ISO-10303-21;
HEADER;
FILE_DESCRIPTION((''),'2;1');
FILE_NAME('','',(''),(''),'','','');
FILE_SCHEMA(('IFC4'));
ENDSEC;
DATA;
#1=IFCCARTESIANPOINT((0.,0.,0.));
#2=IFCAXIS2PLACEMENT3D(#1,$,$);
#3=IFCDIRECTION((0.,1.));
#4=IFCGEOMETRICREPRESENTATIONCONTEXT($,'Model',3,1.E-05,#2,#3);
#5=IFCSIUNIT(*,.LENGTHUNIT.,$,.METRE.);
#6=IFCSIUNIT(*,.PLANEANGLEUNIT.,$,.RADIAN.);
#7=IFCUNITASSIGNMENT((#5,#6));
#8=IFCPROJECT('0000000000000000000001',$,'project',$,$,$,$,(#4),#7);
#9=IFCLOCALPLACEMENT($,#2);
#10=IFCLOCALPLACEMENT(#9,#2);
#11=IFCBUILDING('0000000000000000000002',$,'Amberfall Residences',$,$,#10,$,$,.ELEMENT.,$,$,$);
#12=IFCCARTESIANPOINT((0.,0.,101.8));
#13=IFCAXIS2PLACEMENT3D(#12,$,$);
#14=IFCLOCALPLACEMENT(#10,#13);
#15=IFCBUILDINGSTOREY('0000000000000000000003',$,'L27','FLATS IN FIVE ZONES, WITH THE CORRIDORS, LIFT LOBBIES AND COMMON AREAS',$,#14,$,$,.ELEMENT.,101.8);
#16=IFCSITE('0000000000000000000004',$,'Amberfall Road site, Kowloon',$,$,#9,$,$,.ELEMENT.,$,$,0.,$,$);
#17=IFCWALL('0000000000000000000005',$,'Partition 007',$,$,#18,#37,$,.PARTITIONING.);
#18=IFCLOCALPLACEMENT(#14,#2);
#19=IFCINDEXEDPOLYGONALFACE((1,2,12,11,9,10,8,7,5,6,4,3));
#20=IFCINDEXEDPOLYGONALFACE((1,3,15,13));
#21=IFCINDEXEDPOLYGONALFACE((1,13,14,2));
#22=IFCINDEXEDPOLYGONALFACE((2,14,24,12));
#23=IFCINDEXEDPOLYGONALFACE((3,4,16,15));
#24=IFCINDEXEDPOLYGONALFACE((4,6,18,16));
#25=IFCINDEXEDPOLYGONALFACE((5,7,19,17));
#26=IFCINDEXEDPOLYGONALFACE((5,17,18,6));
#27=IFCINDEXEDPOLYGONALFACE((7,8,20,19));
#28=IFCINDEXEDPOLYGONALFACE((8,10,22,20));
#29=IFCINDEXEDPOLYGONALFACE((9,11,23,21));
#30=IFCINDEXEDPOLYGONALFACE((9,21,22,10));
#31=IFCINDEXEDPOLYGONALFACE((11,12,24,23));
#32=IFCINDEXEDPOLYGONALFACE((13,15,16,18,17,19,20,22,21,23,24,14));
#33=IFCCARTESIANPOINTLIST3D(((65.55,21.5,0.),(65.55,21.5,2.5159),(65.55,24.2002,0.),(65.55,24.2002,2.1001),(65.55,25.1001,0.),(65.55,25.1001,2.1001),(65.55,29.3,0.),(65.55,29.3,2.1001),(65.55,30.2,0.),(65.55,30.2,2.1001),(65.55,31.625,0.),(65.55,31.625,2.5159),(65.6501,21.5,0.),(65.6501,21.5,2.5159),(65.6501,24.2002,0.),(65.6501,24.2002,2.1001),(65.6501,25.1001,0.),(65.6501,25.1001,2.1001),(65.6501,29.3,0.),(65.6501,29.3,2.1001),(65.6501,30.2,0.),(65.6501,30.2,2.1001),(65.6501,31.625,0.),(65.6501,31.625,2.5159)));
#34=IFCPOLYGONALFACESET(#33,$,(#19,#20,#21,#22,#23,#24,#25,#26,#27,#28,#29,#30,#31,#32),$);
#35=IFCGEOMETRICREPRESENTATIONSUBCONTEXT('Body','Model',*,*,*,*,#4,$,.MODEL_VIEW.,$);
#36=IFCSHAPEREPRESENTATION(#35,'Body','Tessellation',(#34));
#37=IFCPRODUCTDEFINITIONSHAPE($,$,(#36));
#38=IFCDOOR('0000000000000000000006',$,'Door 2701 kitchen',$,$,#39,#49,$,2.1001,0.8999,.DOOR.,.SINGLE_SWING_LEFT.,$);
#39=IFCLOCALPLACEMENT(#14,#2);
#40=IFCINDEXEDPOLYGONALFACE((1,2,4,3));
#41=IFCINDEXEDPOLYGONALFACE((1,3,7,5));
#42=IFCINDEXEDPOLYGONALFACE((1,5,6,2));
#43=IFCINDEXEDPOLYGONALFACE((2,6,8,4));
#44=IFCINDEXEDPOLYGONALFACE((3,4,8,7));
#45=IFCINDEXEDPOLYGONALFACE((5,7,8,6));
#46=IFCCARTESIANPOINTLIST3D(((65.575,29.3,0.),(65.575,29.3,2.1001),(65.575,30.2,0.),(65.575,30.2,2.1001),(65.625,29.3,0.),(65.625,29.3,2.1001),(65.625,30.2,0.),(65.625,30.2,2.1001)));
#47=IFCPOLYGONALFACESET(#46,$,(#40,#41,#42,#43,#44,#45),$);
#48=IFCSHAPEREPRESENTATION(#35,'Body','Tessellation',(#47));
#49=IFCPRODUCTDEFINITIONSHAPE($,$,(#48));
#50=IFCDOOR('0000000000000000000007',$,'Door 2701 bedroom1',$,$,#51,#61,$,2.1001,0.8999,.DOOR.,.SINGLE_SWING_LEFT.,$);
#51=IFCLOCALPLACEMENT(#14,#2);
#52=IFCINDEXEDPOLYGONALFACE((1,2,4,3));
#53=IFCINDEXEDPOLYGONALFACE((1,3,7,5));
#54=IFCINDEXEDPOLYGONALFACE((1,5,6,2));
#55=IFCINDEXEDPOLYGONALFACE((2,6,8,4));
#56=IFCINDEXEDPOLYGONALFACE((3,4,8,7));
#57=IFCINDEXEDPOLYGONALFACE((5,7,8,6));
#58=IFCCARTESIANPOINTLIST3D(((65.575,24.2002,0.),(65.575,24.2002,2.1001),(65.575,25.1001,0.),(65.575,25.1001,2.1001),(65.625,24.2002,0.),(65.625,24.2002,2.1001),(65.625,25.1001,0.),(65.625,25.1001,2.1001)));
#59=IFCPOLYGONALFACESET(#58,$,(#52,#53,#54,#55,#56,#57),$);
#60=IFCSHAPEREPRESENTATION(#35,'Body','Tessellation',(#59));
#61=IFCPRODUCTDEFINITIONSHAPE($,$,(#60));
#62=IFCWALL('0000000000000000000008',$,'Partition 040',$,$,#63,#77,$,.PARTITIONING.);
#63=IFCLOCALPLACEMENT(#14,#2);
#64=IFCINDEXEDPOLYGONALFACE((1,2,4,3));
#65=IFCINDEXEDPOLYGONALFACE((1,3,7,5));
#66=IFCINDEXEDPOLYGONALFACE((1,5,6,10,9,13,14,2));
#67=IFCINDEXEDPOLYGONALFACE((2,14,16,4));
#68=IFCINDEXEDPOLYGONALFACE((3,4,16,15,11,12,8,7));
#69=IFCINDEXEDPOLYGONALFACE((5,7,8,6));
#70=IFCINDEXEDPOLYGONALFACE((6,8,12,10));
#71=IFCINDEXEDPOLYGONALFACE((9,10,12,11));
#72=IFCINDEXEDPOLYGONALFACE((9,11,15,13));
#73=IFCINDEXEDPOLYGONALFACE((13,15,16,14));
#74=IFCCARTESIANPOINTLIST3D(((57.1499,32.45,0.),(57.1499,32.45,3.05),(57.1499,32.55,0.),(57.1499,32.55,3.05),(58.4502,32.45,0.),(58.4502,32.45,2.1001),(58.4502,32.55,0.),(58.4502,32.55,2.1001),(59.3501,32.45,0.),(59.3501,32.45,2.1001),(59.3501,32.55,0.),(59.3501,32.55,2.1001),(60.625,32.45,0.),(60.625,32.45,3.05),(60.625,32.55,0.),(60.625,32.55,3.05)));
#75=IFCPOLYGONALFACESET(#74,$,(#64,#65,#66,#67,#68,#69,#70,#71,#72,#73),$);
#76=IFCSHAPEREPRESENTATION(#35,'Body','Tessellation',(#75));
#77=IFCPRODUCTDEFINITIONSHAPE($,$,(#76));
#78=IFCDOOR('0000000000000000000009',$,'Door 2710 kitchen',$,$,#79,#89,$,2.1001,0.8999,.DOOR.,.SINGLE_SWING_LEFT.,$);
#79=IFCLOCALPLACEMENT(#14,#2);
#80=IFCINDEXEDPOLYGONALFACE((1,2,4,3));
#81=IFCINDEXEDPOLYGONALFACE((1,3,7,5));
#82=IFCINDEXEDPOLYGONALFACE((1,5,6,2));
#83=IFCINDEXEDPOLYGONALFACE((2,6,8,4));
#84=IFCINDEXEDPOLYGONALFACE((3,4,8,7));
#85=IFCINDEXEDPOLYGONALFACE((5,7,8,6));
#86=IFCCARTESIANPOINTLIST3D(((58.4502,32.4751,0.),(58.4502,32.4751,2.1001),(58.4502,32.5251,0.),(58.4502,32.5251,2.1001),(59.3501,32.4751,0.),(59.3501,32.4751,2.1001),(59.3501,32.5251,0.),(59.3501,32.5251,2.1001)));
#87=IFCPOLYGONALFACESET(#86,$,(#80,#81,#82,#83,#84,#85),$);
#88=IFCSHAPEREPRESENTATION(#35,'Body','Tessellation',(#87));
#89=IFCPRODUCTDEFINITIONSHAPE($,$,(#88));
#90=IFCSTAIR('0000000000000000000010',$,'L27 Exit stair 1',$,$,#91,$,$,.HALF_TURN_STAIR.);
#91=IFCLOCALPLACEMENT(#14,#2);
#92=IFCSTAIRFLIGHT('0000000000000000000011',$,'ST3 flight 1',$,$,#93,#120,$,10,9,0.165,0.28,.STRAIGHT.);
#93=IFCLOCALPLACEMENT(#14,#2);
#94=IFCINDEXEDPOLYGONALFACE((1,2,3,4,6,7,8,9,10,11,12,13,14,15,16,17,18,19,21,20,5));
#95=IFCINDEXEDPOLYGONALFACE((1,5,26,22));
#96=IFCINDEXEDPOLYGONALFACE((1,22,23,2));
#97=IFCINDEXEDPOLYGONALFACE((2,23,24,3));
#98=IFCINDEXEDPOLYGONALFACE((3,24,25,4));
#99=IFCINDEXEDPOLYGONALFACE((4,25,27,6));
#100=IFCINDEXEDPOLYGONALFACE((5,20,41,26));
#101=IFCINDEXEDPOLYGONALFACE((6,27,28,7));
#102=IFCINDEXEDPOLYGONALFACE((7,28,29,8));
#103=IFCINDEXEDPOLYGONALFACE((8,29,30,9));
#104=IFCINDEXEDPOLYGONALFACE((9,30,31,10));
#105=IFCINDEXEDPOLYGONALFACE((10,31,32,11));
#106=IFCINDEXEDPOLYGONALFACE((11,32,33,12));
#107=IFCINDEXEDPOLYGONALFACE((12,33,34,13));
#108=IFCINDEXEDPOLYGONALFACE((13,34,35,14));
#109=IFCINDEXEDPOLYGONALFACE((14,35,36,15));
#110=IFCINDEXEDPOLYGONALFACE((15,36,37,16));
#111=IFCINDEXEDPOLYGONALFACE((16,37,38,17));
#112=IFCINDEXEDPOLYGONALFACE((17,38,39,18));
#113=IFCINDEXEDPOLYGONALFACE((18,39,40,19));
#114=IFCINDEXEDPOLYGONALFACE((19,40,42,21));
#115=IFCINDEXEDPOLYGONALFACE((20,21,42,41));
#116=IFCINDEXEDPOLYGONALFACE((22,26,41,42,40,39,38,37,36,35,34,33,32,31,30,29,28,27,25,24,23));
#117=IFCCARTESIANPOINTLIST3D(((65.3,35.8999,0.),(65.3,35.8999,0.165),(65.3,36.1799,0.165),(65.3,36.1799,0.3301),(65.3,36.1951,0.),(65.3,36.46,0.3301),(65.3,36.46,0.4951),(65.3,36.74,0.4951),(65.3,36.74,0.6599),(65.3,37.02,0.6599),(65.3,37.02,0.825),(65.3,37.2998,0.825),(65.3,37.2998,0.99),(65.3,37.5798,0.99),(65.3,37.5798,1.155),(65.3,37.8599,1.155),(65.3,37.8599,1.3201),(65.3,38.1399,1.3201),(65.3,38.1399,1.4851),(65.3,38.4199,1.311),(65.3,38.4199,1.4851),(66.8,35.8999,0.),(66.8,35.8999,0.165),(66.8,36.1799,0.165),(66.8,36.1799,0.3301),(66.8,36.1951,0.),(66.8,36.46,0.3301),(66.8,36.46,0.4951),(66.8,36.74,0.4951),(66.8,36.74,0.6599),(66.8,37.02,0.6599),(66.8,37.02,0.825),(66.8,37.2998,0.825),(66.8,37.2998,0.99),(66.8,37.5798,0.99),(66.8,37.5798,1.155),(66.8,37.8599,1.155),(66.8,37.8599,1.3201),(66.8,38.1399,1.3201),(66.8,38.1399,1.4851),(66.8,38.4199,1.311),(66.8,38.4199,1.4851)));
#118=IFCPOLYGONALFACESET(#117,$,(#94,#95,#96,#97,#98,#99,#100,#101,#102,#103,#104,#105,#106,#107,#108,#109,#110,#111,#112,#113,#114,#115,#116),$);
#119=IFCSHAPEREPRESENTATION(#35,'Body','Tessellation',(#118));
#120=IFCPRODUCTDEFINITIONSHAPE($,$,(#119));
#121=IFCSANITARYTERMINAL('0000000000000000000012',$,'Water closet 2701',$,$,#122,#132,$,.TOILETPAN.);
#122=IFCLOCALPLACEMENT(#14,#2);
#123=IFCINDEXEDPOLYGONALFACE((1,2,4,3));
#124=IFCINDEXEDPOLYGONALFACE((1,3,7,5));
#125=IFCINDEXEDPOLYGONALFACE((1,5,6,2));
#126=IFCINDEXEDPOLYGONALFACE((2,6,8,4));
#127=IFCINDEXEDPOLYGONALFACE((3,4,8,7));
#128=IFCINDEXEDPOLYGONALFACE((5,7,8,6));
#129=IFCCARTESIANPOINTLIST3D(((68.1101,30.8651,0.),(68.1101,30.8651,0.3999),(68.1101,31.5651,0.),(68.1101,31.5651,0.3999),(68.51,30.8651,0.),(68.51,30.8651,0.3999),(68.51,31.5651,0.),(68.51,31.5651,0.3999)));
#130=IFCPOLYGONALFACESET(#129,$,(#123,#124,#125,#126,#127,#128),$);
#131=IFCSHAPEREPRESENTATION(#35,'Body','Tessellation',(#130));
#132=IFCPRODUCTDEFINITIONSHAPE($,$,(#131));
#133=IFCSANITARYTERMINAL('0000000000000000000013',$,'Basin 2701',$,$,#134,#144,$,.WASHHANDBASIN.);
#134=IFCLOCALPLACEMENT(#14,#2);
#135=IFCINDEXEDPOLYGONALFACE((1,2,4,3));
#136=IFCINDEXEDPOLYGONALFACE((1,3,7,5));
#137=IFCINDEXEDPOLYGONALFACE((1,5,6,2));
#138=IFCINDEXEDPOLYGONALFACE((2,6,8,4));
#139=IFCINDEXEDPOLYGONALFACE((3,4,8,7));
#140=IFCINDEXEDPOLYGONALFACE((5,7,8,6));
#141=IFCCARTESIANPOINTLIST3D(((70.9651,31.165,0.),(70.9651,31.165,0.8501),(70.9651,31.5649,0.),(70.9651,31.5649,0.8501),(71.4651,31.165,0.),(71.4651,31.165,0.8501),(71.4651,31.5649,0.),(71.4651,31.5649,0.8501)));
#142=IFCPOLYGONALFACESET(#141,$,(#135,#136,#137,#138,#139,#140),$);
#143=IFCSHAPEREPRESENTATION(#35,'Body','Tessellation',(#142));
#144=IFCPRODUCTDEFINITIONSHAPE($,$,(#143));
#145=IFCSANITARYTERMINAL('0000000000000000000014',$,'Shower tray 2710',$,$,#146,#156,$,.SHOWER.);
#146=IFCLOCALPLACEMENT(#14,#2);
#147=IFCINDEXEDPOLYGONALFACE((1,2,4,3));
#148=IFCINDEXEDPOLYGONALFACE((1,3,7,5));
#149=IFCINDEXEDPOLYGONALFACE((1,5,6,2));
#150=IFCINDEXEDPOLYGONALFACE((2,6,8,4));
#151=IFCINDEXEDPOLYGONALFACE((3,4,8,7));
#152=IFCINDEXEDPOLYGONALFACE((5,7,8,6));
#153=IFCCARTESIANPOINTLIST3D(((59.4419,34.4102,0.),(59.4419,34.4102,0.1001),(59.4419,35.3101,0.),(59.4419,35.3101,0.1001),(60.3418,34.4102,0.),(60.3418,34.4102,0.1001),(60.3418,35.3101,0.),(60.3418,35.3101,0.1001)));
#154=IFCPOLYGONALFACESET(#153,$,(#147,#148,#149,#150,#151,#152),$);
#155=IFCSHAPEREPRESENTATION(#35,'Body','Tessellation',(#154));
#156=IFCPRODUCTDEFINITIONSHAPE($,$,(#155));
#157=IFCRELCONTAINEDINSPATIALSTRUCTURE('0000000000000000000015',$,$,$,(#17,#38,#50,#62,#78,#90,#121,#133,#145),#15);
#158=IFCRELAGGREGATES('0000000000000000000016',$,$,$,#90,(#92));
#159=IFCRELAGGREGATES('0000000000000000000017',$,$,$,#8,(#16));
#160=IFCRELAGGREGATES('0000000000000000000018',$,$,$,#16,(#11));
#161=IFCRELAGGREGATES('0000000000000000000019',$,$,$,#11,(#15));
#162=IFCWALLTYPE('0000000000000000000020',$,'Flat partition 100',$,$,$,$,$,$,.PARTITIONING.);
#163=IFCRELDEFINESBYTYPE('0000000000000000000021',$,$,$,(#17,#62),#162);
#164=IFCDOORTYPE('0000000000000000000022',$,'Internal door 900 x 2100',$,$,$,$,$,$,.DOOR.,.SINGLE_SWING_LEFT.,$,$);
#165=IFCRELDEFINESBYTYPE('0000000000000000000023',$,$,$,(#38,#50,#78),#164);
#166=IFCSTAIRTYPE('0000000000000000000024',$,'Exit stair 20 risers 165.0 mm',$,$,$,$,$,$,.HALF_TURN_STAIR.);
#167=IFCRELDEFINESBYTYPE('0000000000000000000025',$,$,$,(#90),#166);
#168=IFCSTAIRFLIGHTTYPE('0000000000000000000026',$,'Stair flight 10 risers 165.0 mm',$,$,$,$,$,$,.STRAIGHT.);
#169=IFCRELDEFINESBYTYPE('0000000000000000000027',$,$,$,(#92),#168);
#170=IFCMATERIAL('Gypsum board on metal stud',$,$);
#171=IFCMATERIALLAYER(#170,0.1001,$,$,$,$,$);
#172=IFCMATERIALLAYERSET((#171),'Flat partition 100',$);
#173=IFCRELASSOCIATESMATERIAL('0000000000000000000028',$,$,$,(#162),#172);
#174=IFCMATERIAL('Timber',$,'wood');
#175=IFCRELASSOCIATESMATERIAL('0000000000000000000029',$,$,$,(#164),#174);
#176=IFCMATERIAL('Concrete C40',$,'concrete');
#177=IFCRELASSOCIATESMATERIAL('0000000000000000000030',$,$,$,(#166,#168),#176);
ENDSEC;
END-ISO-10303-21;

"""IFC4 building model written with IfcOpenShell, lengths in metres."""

from ifc_helpers import new_model, si_unit, direction, frame, frame_2d, origin, origin_2d, place, context, subcontext, project, spatial, polyline, rectangle, outline, extrude, material, layer, layer_set, type_object, element, fill, aggregate, save


model = new_model("IFC4")

# Units and contexts
model_context = context("Model", 3, precision=1e-05, world=origin(), true_north=direction((0.0, 1.0)))
body_context = subcontext(model_context, "Body", "Model", "MODEL_VIEW")
ifc_project = project(units=[si_unit("LENGTHUNIT", "METRE"), si_unit("PLANEANGLEUNIT", "RADIAN")], contexts=[model_context])

# Site, building, storey
site_placement = place(None, origin())
site = spatial("IfcSite", under=ifc_project, at=site_placement, Name="Amberfall Road site, Kowloon", CompositionType="ELEMENT", RefElevation=0.0)
building_placement = place(site_placement, origin())
building = spatial("IfcBuilding", under=site, at=building_placement, Name="Amberfall Residences", CompositionType="ELEMENT")
storey_placement = place(building_placement, frame((0.0, 0.0, 101.8)))
storey = spatial("IfcBuildingStorey", under=building, at=storey_placement, Name="L27", Description="FLATS IN FIVE ZONES, WITH THE CORRIDORS, LIFT LOBBIES AND COMMON AREAS", CompositionType="ELEMENT", Elevation=101.8)

# Wall, openings, doors
ifc_material_1 = material(Name="Gypsum board on metal stud")
ifc_layer_1 = layer(ifc_material_1, 0.1001)
ifc_layer_set_1 = layer_set([ifc_layer_1], Name="Flat partition 100")
wall_type_1 = type_object("IfcWallType", Name="Flat partition 100", PredefinedType="PARTITIONING", material=ifc_layer_set_1)
wall_1_placement = place(storey_placement, frame((65.6001, 31.625, 0.0), z_axis=(0.0, 0.0, 1.0), x_axis=(0.0, -1.0, 0.0)))
wall_1 = element("IfcWall", 1, at=wall_1_placement, inside=storey, type_object=wall_type_1, Name="Partition 007", PredefinedType="PARTITIONING", context=body_context, shape_type="SweptSolid", body=[
    extrude(rectangle(XDim=10.125, YDim=0.1001, at=frame_2d((5.0625, 0.0))), origin(), (0.0, 0.0, 1.0), 2.5159),
])
opening_1_placement = place(wall_1_placement, frame((1.425, 0.0, 0.0)))
opening_1 = element("IfcOpeningElement", 2, at=opening_1_placement, cuts=wall_1, PredefinedType="OPENING", context=body_context, shape_type="SweptSolid", body=[
    extrude(rectangle(XDim=0.8999, YDim=2.1001, at=frame_2d((0.45, 1.05))), frame((0.0, 0.0601, 0.0), z_axis=(0.0, -1.0, 0.0), x_axis=(1.0, 0.0, 0.0)), (0.0, 0.0, 1.0), 0.1201),
])
opening_2_placement = place(wall_1_placement, frame((6.5249, 0.0, 0.0)))
opening_2 = element("IfcOpeningElement", 3, at=opening_2_placement, cuts=wall_1, PredefinedType="OPENING", context=body_context, shape_type="SweptSolid", body=[
    extrude(rectangle(XDim=0.8999, YDim=2.1001, at=frame_2d((0.45, 1.05))), frame((0.0, 0.0601, 0.0), z_axis=(0.0, -1.0, 0.0), x_axis=(1.0, 0.0, 0.0)), (0.0, 0.0, 1.0), 0.1201),
])
ifc_material_2 = material(Name="Timber", Category="wood")
door_type_1 = type_object("IfcDoorType", Name="Internal door 900 x 2100", OperationType="SINGLE_SWING_LEFT", PredefinedType="DOOR", material=ifc_material_2)
door_1_placement = place(opening_1_placement, origin())
door_1 = element("IfcDoor", 4, at=door_1_placement, inside=storey, type_object=door_type_1, Name="Door 2701 kitchen", OperationType="SINGLE_SWING_LEFT", OverallHeight=2.1001, OverallWidth=0.8999, PredefinedType="DOOR", context=body_context, shape_type="SweptSolid", body=[
    extrude(rectangle(XDim=0.8999, YDim=2.1001, at=frame_2d((0.45, 1.05))), frame((0.0, 0.0249, 0.0), z_axis=(0.0, -1.0, 0.0), x_axis=(1.0, 0.0, 0.0)), (0.0, 0.0, 1.0), 0.05),
])
fill(opening_1, door_1)
door_2_placement = place(opening_2_placement, origin())
door_2 = element("IfcDoor", 5, at=door_2_placement, inside=storey, type_object=door_type_1, Name="Door 2701 bedroom1", OperationType="SINGLE_SWING_LEFT", OverallHeight=2.1001, OverallWidth=0.8999, PredefinedType="DOOR", context=body_context, shape_type="SweptSolid", body=[
    extrude(rectangle(XDim=0.8999, YDim=2.1001, at=frame_2d((0.45, 1.05))), frame((0.0, 0.0249, 0.0), z_axis=(0.0, -1.0, 0.0), x_axis=(1.0, 0.0, 0.0)), (0.0, 0.0, 1.0), 0.05),
])
fill(opening_2, door_2)

# Wall, opening, door
wall_2_placement = place(storey_placement, frame((60.625, 32.5, 0.0), z_axis=(0.0, 0.0, 1.0), x_axis=(-1.0, 0.0, 0.0)))
wall_2 = element("IfcWall", 6, at=wall_2_placement, inside=storey, type_object=wall_type_1, Name="Partition 040", PredefinedType="PARTITIONING", context=body_context, shape_type="SweptSolid", body=[
    extrude(rectangle(XDim=3.4751, YDim=0.1001, at=frame_2d((1.7375, 0.0))), origin(), (0.0, 0.0, 1.0), 3.05),
])
opening_3_placement = place(wall_2_placement, frame((1.2749, 0.0, 0.0)))
opening_3 = element("IfcOpeningElement", 7, at=opening_3_placement, cuts=wall_2, PredefinedType="OPENING", context=body_context, shape_type="SweptSolid", body=[
    extrude(rectangle(XDim=0.8999, YDim=2.1001, at=frame_2d((0.45, 1.05))), frame((0.0, 0.0601, 0.0), z_axis=(0.0, -1.0, 0.0), x_axis=(1.0, 0.0, 0.0)), (0.0, 0.0, 1.0), 0.1201),
])
door_3_placement = place(opening_3_placement, origin())
door_3 = element("IfcDoor", 8, at=door_3_placement, inside=storey, type_object=door_type_1, Name="Door 2710 kitchen", OperationType="SINGLE_SWING_LEFT", OverallHeight=2.1001, OverallWidth=0.8999, PredefinedType="DOOR", context=body_context, shape_type="SweptSolid", body=[
    extrude(rectangle(XDim=0.8999, YDim=2.1001, at=frame_2d((0.45, 1.05))), frame((0.0, 0.0249, 0.0), z_axis=(0.0, -1.0, 0.0), x_axis=(1.0, 0.0, 0.0)), (0.0, 0.0, 1.0), 0.05),
])
fill(opening_3, door_3)

# Stair, stair flight
ifc_material_3 = material(Name="Concrete C40", Category="concrete")
stair_type = type_object("IfcStairType", Name="Exit stair 20 risers 165.0 mm", PredefinedType="HALF_TURN_STAIR", material=ifc_material_3)
stair_placement = place(storey_placement, origin())
stair = element("IfcStair", 9, at=stair_placement, inside=storey, type_object=stair_type, Name="L27 Exit stair 1", PredefinedType="HALF_TURN_STAIR")
stair_flight_type = type_object("IfcStairFlightType", Name="Stair flight 10 risers 165.0 mm", PredefinedType="STRAIGHT", material=ifc_material_3)
stair_flight_placement = place(storey_placement, frame((66.05, 35.8999, 0.0), z_axis=(0.0, 0.0, 1.0), x_axis=(0.0, 1.0, 0.0)))
stair_flight = element("IfcStairFlight", 10, at=stair_flight_placement, type_object=stair_flight_type, Name="ST3 flight 1", NumberOfRisers=10, NumberOfTreads=9, PredefinedType="STRAIGHT", RiserHeight=0.165, TreadLength=0.28, context=body_context, shape_type="SweptSolid", body=[
    extrude(outline(polyline([(0.0, 0.0), (0.0, 0.165), (0.28, 0.165), (0.28, 0.3301), (0.5601, 0.3301), (0.5601, 0.4951), (0.8401, 0.4951), (0.8401, 0.6599), (1.1201, 0.6599), (1.1201, 0.825), (1.3999, 0.825), (1.3999, 0.99), (1.6799, 0.99), (1.6799, 1.155), (1.96, 1.155), (1.96, 1.3201), (2.24, 1.3201), (2.24, 1.4851), (2.52, 1.4851), (2.52, 1.6499), (2.52, 1.311), (0.2952, 0.0), (0.0, 0.0)])), frame((0.0, 0.75, 0.0), z_axis=(0.0, -1.0, 0.0), x_axis=(1.0, 0.0, 0.0)), (0.0, 0.0, 1.0), 1.5),
])
aggregate(stair, [stair_flight])

# Sanitary terminals
sanitary_terminal_1_placement = place(storey_placement, frame((68.3101, 31.2151, 0.0), z_axis=(0.0, 0.0, 1.0), x_axis=(1.0, 0.0, 0.0)))
element("IfcSanitaryTerminal", 11, at=sanitary_terminal_1_placement, inside=storey, Name="Water closet 2701", PredefinedType="TOILETPAN", context=body_context, shape_type="SweptSolid", body=[
    extrude(rectangle(XDim=0.3999, YDim=0.7, at=origin_2d()), origin(), (0.0, 0.0, 1.0), 0.3999),
])
sanitary_terminal_2_placement = place(storey_placement, frame((71.2151, 31.365, 0.0), z_axis=(0.0, 0.0, 1.0), x_axis=(1.0, 0.0, 0.0)))
element("IfcSanitaryTerminal", 12, at=sanitary_terminal_2_placement, inside=storey, Name="Basin 2701", PredefinedType="WASHHANDBASIN", context=body_context, shape_type="SweptSolid", body=[
    extrude(rectangle(XDim=0.5, YDim=0.3999, at=origin_2d()), origin(), (0.0, 0.0, 1.0), 0.8501),
])
sanitary_terminal_3_placement = place(storey_placement, frame((59.8918, 34.8601, 0.0), z_axis=(0.0, 0.0, 1.0), x_axis=(1.0, 0.0, 0.0)))
element("IfcSanitaryTerminal", 13, at=sanitary_terminal_3_placement, inside=storey, Name="Shower tray 2710", PredefinedType="SHOWER", context=body_context, shape_type="SweptSolid", body=[
    extrude(rectangle(XDim=0.8999, YDim=0.8999, at=origin_2d()), origin(), (0.0, 0.0, 1.0), 0.1001),
])

save(model, "model.ifc")
